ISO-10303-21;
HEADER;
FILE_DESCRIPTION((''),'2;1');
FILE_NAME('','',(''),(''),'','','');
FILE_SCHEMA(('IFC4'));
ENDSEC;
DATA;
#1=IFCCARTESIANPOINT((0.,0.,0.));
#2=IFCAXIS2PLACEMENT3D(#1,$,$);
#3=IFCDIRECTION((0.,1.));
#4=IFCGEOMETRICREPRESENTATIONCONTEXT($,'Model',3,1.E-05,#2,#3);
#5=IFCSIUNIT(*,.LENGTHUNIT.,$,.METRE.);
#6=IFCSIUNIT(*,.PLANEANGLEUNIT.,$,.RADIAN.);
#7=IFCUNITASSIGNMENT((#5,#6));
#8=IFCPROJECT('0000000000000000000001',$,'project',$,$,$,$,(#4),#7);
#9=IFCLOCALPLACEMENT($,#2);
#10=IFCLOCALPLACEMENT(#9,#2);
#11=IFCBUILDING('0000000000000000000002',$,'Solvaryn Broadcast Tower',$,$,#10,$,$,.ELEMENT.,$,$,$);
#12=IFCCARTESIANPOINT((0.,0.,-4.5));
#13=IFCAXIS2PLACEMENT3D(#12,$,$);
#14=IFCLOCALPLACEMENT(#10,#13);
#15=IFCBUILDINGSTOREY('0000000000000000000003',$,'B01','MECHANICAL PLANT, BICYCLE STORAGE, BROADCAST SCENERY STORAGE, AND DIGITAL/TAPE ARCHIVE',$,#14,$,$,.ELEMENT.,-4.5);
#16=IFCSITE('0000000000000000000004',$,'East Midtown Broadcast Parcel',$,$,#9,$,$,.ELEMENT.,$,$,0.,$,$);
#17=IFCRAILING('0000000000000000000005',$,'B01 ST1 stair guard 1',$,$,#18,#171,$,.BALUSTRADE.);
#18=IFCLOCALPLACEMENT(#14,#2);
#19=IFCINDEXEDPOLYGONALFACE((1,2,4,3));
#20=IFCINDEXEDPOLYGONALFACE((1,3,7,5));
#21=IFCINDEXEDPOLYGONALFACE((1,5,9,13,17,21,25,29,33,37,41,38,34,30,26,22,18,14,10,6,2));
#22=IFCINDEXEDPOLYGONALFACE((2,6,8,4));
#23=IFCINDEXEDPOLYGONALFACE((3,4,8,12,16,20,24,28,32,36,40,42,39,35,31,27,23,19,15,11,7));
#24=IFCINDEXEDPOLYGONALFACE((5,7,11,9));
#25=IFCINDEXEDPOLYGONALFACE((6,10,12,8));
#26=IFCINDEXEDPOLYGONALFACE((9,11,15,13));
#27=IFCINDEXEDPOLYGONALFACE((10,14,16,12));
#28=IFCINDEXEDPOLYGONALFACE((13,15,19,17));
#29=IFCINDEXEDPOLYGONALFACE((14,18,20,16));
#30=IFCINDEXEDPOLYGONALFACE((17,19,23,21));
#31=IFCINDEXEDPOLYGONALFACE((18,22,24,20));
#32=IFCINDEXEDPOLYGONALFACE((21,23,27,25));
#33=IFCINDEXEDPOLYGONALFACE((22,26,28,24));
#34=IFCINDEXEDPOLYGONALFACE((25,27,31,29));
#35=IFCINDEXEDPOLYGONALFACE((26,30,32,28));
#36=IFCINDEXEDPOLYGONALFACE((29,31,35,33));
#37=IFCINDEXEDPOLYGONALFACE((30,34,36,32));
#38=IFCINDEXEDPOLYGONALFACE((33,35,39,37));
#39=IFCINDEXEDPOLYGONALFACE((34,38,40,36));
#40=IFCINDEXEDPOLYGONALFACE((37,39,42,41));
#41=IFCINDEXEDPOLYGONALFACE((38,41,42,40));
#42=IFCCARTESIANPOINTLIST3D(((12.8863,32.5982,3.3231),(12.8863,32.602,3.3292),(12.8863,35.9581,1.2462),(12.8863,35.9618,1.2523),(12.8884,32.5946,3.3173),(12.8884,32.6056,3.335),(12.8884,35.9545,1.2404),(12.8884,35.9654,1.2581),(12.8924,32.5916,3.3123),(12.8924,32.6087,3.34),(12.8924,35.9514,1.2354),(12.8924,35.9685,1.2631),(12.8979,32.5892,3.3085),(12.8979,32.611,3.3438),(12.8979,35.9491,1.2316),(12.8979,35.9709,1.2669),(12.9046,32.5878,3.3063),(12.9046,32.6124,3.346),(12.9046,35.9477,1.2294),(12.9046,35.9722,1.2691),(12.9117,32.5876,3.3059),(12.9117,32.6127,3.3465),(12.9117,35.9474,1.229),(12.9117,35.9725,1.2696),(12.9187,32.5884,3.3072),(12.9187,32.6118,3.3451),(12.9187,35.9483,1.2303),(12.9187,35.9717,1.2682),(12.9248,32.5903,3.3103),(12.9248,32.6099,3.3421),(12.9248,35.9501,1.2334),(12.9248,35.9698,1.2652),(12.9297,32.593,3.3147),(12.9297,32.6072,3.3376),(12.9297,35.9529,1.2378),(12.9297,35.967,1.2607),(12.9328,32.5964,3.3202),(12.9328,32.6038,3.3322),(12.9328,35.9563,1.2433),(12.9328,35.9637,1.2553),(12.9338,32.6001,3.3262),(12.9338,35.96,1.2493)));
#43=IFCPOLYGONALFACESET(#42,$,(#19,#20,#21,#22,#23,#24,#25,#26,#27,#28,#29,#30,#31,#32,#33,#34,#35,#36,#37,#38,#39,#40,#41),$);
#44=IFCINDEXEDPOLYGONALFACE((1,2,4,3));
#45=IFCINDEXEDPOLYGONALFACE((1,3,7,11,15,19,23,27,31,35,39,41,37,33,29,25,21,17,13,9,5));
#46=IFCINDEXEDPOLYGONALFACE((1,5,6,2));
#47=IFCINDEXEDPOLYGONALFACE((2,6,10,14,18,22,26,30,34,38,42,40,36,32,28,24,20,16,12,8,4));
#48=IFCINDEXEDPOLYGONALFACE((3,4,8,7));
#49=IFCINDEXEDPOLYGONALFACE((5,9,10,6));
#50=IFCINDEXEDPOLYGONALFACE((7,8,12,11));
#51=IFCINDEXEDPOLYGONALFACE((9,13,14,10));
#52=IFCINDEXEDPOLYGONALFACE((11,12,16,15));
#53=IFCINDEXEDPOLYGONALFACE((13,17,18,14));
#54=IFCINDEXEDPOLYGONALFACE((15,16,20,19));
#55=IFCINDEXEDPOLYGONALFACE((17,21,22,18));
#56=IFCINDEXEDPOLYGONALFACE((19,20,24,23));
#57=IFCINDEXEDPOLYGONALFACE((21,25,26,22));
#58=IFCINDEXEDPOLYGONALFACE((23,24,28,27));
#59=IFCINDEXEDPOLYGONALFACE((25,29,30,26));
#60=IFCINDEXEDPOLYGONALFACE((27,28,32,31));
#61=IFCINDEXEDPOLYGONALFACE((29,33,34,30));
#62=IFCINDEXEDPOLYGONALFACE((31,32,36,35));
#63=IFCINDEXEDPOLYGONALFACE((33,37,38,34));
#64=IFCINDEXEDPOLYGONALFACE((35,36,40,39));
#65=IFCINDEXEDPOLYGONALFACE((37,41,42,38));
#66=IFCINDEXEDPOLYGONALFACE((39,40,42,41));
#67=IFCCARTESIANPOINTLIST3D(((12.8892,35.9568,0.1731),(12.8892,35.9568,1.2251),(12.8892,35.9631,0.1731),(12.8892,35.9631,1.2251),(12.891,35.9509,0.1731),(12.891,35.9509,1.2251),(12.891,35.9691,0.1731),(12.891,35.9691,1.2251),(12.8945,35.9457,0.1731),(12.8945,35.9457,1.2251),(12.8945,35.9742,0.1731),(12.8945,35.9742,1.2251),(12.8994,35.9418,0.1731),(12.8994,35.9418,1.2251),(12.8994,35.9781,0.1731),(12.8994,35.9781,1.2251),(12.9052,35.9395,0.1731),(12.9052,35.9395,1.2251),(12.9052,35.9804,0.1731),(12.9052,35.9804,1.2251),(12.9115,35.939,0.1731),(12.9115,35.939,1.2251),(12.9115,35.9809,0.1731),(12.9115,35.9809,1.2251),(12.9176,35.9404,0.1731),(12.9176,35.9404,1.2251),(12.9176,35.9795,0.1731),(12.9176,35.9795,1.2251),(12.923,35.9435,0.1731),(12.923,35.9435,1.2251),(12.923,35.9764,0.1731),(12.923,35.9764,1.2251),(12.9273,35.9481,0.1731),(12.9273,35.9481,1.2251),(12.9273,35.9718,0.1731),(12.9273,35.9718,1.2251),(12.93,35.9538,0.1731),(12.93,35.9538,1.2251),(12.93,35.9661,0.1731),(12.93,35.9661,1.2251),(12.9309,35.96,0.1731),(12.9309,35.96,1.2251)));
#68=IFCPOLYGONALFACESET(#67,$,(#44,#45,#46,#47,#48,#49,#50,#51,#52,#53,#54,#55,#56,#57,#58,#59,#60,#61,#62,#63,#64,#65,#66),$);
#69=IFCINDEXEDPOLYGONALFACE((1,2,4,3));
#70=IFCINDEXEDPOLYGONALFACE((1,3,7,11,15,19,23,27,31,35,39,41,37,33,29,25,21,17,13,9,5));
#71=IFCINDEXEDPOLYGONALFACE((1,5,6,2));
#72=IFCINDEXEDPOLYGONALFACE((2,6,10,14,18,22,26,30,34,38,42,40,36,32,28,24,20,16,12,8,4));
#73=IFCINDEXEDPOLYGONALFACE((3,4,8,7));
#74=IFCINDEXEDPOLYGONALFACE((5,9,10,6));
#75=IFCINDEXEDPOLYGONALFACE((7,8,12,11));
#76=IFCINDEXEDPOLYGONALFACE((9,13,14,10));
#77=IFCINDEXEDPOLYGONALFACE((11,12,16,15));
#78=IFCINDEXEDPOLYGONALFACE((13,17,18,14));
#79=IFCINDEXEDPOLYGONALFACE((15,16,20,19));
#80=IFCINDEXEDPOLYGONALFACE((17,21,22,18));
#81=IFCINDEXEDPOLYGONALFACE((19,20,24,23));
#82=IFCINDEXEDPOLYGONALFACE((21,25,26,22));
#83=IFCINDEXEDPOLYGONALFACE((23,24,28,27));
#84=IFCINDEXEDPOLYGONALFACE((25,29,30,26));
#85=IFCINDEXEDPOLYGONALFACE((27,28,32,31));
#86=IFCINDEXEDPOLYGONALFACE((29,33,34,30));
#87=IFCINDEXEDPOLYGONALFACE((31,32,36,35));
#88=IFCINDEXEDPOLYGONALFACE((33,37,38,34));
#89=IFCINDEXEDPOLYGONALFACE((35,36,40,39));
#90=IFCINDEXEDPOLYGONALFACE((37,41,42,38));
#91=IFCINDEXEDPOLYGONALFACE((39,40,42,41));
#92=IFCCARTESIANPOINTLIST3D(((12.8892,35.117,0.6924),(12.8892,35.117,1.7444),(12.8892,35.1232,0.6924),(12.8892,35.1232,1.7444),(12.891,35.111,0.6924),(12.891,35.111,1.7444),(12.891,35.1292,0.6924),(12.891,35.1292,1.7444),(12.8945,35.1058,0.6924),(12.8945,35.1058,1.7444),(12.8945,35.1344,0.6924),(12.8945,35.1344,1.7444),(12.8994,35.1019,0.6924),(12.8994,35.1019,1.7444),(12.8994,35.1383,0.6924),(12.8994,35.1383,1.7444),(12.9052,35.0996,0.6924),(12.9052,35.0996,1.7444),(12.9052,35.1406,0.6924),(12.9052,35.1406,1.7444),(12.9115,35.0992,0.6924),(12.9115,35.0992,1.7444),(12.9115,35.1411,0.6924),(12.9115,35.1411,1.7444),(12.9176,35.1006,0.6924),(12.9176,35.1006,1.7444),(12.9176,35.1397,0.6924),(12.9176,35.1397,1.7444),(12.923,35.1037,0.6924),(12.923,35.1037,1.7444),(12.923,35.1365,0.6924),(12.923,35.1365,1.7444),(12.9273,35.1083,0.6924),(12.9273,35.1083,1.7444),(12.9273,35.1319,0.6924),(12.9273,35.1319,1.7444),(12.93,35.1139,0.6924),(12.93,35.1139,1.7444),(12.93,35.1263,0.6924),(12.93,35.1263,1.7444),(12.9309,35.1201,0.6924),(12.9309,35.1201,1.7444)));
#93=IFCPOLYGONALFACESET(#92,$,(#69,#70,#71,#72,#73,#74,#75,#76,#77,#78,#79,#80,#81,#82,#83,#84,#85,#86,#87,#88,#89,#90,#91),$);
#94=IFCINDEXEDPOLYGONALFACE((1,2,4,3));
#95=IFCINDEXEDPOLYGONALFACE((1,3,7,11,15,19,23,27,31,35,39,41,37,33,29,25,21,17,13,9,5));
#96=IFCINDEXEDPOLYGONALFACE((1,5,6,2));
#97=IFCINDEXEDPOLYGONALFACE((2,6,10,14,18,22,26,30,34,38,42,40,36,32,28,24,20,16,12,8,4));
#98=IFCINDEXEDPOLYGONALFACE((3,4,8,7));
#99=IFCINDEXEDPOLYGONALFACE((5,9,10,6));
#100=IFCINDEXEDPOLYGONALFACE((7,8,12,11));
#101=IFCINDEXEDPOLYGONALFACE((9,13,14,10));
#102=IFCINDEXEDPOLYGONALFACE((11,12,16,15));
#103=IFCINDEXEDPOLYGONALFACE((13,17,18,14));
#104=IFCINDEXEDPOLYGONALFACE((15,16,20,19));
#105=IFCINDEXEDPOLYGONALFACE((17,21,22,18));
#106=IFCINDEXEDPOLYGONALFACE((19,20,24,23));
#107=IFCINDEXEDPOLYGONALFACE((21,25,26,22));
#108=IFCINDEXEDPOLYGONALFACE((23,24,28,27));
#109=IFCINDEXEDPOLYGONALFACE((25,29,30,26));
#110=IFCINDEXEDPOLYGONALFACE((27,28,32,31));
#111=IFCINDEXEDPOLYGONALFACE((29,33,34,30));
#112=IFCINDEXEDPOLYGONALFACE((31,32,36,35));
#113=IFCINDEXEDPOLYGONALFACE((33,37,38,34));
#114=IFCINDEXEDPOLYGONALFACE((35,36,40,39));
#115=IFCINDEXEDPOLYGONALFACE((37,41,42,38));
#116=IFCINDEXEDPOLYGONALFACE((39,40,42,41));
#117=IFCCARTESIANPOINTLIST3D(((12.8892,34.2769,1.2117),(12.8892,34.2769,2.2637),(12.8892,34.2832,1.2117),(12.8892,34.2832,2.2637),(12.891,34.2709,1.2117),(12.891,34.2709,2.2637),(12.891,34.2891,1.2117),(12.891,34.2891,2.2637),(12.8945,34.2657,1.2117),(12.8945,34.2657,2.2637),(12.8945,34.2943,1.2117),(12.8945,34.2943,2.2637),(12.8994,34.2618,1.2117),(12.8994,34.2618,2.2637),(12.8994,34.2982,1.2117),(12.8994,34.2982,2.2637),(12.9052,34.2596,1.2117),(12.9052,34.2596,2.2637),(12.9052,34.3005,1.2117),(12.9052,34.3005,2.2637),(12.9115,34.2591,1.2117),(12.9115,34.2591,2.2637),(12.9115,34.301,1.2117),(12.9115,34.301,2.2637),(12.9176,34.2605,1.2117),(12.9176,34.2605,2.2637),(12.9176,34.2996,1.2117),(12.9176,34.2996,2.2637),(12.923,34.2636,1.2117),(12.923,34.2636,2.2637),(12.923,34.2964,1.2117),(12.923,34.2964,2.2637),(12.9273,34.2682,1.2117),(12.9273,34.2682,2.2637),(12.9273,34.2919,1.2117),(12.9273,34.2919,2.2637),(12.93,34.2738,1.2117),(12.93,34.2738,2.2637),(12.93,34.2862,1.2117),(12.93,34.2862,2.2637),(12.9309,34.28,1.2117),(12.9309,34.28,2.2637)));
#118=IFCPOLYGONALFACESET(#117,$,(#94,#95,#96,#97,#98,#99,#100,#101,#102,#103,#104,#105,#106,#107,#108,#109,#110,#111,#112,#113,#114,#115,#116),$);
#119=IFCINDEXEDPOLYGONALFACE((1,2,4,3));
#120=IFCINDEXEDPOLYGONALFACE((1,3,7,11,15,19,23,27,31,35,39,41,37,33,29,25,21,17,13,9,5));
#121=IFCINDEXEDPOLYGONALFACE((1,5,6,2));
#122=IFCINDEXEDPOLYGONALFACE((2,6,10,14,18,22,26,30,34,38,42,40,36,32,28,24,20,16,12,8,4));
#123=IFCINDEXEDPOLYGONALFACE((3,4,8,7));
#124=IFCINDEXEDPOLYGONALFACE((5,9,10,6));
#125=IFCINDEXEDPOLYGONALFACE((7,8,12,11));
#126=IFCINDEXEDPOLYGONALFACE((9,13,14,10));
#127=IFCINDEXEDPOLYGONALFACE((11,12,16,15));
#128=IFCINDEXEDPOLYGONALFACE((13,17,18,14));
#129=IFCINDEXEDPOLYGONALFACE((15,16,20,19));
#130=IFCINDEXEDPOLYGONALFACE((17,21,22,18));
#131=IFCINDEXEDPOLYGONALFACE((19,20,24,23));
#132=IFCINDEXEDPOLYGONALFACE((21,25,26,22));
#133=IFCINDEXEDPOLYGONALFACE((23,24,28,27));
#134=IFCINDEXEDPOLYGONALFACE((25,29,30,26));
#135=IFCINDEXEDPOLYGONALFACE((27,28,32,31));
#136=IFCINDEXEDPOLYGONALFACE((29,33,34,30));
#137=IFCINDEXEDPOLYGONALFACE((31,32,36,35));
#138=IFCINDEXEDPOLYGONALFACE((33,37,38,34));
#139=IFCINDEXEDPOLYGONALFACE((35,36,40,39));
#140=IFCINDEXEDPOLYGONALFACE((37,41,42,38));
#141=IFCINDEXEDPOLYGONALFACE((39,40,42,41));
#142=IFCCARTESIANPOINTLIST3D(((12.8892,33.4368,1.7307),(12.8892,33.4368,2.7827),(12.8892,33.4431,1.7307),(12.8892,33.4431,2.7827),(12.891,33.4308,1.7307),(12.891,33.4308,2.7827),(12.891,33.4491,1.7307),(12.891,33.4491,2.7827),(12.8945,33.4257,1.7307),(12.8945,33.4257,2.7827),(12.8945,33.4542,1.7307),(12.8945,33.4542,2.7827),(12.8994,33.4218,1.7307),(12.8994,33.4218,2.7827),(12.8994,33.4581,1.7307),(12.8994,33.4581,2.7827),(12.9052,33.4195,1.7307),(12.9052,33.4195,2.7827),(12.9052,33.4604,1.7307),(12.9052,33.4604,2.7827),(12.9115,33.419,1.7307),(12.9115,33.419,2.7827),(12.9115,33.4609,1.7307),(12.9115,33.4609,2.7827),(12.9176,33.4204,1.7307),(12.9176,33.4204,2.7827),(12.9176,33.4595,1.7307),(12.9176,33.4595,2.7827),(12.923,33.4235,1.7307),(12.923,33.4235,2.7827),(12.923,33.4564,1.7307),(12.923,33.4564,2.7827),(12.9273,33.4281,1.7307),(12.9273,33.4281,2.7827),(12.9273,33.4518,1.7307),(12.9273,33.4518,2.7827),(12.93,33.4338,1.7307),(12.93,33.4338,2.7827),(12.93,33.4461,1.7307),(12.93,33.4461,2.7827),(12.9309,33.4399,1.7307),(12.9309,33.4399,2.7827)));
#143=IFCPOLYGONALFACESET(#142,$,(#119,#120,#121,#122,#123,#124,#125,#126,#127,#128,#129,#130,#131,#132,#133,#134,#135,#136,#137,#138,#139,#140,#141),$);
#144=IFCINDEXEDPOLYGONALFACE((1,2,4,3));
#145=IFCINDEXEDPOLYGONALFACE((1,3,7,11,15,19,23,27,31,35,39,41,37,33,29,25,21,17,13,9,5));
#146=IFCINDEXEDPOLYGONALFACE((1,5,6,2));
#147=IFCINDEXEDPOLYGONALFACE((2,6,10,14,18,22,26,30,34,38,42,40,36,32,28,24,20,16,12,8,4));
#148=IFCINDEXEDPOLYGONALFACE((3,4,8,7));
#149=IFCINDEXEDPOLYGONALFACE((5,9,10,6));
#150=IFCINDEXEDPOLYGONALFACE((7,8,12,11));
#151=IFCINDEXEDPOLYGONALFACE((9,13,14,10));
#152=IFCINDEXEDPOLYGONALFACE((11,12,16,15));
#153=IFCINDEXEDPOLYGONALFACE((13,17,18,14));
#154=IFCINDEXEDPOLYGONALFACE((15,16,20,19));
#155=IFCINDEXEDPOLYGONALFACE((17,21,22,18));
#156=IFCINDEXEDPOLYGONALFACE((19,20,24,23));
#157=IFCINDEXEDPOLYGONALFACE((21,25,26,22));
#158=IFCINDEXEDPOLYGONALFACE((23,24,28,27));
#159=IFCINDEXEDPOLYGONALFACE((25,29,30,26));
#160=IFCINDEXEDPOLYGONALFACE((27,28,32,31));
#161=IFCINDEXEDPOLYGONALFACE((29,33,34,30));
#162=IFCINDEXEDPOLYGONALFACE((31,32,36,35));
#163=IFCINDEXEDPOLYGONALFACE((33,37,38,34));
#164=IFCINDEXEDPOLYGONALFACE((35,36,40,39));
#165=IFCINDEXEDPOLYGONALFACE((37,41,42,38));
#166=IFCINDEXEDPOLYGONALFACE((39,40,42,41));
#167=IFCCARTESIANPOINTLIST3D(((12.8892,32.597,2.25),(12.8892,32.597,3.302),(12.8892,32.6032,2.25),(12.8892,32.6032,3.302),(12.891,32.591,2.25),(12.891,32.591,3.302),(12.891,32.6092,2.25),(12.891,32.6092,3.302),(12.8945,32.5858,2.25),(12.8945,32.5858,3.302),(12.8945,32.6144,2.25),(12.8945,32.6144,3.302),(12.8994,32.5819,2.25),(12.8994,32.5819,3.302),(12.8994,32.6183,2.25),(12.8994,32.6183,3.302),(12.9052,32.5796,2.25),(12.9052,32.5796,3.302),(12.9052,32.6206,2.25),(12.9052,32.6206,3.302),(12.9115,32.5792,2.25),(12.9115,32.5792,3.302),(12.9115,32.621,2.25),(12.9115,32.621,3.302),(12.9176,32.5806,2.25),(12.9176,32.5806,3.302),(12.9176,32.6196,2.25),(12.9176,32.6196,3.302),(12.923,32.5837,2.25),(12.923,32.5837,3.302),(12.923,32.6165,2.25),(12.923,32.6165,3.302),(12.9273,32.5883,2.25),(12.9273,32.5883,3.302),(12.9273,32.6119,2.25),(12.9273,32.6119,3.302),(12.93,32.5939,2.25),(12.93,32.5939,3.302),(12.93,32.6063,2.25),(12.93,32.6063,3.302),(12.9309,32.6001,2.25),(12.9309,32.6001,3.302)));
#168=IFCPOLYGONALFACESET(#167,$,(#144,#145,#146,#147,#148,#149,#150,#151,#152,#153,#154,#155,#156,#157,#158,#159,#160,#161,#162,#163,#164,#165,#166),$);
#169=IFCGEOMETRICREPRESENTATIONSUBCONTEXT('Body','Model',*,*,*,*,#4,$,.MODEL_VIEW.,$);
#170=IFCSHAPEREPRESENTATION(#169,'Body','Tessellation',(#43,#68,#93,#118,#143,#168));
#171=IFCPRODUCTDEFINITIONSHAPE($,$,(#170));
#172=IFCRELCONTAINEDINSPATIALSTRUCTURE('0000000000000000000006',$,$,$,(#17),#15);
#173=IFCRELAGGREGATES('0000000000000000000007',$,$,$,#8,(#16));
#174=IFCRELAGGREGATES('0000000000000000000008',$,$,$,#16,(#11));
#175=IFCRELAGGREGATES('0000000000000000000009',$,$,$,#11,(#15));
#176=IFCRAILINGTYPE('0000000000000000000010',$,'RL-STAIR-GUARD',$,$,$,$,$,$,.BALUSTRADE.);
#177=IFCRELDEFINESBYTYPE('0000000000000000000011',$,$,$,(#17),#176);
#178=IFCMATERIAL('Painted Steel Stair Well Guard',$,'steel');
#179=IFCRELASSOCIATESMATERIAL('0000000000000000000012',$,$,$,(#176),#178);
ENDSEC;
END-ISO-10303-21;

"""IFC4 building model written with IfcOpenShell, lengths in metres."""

from ifc_helpers import new_model, si_unit, direction, frame, origin, origin_2d, place, context, subcontext, project, spatial, circle, extrude, material, type_object, element, save


model = new_model("IFC4")

# Units and contexts
model_context = context("Model", 3, precision=1e-05, world=origin(), true_north=direction((0.0, 1.0)))
body_context = subcontext(model_context, "Body", "Model", "MODEL_VIEW")
ifc_project = project(units=[si_unit("LENGTHUNIT", "METRE"), si_unit("PLANEANGLEUNIT", "RADIAN")], contexts=[model_context])

# Site, building, storey
site_placement = place(None, origin())
site = spatial("IfcSite", under=ifc_project, at=site_placement, Name="East Midtown Broadcast Parcel", CompositionType="ELEMENT", RefElevation=0.0)
building_placement = place(site_placement, origin())
building = spatial("IfcBuilding", under=site, at=building_placement, Name="Solvaryn Broadcast Tower", CompositionType="ELEMENT")
storey_placement = place(building_placement, frame((0.0, 0.0, -4.5)))
storey = spatial("IfcBuildingStorey", under=building, at=storey_placement, Name="B01", Description="MECHANICAL PLANT, BICYCLE STORAGE, BROADCAST SCENERY STORAGE, AND DIGITAL/TAPE ARCHIVE", CompositionType="ELEMENT", Elevation=-4.5)

# Railing
ifc_material_1 = material(Name="Painted Steel Stair Well Guard", Category="steel")
railing_type_1 = type_object("IfcRailingType", Name="RL-STAIR-GUARD", PredefinedType="BALUSTRADE", material=ifc_material_1)
railing_1_placement = place(storey_placement, frame((12.9099, 35.96, 0.1731)))
element("IfcRailing", 1, at=railing_1_placement, inside=storey, type_object=railing_type_1, Name="B01 ST1 stair guard 1", PredefinedType="BALUSTRADE", context=body_context, shape_type="SweptSolid", body=[
    extrude(circle(Radius=0.0239, at=origin_2d()), frame((0.0, 0.0, 1.0762), z_axis=(0.0, -0.850606, 0.525803), x_axis=(1.0, 0.0, 0.0)), (0.0, 0.0, 1.0), 3.95),
    extrude(circle(Radius=0.021, at=origin_2d()), origin(), (0.0, 0.0, 1.0), 1.052),
    extrude(circle(Radius=0.021, at=origin_2d()), frame((0.0, -0.8398, 0.5193)), (0.0, 0.0, 1.0), 1.052),
    extrude(circle(Radius=0.021, at=origin_2d()), frame((0.0, -1.6799, 1.0386)), (0.0, 0.0, 1.0), 1.052),
    extrude(circle(Radius=0.021, at=origin_2d()), frame((0.0, -2.52, 1.5576)), (0.0, 0.0, 1.0), 1.052),
    extrude(circle(Radius=0.021, at=origin_2d()), frame((0.0, -3.3599, 2.0769)), (0.0, 0.0, 1.0), 1.052),
])

save(model, "model.ifc")
